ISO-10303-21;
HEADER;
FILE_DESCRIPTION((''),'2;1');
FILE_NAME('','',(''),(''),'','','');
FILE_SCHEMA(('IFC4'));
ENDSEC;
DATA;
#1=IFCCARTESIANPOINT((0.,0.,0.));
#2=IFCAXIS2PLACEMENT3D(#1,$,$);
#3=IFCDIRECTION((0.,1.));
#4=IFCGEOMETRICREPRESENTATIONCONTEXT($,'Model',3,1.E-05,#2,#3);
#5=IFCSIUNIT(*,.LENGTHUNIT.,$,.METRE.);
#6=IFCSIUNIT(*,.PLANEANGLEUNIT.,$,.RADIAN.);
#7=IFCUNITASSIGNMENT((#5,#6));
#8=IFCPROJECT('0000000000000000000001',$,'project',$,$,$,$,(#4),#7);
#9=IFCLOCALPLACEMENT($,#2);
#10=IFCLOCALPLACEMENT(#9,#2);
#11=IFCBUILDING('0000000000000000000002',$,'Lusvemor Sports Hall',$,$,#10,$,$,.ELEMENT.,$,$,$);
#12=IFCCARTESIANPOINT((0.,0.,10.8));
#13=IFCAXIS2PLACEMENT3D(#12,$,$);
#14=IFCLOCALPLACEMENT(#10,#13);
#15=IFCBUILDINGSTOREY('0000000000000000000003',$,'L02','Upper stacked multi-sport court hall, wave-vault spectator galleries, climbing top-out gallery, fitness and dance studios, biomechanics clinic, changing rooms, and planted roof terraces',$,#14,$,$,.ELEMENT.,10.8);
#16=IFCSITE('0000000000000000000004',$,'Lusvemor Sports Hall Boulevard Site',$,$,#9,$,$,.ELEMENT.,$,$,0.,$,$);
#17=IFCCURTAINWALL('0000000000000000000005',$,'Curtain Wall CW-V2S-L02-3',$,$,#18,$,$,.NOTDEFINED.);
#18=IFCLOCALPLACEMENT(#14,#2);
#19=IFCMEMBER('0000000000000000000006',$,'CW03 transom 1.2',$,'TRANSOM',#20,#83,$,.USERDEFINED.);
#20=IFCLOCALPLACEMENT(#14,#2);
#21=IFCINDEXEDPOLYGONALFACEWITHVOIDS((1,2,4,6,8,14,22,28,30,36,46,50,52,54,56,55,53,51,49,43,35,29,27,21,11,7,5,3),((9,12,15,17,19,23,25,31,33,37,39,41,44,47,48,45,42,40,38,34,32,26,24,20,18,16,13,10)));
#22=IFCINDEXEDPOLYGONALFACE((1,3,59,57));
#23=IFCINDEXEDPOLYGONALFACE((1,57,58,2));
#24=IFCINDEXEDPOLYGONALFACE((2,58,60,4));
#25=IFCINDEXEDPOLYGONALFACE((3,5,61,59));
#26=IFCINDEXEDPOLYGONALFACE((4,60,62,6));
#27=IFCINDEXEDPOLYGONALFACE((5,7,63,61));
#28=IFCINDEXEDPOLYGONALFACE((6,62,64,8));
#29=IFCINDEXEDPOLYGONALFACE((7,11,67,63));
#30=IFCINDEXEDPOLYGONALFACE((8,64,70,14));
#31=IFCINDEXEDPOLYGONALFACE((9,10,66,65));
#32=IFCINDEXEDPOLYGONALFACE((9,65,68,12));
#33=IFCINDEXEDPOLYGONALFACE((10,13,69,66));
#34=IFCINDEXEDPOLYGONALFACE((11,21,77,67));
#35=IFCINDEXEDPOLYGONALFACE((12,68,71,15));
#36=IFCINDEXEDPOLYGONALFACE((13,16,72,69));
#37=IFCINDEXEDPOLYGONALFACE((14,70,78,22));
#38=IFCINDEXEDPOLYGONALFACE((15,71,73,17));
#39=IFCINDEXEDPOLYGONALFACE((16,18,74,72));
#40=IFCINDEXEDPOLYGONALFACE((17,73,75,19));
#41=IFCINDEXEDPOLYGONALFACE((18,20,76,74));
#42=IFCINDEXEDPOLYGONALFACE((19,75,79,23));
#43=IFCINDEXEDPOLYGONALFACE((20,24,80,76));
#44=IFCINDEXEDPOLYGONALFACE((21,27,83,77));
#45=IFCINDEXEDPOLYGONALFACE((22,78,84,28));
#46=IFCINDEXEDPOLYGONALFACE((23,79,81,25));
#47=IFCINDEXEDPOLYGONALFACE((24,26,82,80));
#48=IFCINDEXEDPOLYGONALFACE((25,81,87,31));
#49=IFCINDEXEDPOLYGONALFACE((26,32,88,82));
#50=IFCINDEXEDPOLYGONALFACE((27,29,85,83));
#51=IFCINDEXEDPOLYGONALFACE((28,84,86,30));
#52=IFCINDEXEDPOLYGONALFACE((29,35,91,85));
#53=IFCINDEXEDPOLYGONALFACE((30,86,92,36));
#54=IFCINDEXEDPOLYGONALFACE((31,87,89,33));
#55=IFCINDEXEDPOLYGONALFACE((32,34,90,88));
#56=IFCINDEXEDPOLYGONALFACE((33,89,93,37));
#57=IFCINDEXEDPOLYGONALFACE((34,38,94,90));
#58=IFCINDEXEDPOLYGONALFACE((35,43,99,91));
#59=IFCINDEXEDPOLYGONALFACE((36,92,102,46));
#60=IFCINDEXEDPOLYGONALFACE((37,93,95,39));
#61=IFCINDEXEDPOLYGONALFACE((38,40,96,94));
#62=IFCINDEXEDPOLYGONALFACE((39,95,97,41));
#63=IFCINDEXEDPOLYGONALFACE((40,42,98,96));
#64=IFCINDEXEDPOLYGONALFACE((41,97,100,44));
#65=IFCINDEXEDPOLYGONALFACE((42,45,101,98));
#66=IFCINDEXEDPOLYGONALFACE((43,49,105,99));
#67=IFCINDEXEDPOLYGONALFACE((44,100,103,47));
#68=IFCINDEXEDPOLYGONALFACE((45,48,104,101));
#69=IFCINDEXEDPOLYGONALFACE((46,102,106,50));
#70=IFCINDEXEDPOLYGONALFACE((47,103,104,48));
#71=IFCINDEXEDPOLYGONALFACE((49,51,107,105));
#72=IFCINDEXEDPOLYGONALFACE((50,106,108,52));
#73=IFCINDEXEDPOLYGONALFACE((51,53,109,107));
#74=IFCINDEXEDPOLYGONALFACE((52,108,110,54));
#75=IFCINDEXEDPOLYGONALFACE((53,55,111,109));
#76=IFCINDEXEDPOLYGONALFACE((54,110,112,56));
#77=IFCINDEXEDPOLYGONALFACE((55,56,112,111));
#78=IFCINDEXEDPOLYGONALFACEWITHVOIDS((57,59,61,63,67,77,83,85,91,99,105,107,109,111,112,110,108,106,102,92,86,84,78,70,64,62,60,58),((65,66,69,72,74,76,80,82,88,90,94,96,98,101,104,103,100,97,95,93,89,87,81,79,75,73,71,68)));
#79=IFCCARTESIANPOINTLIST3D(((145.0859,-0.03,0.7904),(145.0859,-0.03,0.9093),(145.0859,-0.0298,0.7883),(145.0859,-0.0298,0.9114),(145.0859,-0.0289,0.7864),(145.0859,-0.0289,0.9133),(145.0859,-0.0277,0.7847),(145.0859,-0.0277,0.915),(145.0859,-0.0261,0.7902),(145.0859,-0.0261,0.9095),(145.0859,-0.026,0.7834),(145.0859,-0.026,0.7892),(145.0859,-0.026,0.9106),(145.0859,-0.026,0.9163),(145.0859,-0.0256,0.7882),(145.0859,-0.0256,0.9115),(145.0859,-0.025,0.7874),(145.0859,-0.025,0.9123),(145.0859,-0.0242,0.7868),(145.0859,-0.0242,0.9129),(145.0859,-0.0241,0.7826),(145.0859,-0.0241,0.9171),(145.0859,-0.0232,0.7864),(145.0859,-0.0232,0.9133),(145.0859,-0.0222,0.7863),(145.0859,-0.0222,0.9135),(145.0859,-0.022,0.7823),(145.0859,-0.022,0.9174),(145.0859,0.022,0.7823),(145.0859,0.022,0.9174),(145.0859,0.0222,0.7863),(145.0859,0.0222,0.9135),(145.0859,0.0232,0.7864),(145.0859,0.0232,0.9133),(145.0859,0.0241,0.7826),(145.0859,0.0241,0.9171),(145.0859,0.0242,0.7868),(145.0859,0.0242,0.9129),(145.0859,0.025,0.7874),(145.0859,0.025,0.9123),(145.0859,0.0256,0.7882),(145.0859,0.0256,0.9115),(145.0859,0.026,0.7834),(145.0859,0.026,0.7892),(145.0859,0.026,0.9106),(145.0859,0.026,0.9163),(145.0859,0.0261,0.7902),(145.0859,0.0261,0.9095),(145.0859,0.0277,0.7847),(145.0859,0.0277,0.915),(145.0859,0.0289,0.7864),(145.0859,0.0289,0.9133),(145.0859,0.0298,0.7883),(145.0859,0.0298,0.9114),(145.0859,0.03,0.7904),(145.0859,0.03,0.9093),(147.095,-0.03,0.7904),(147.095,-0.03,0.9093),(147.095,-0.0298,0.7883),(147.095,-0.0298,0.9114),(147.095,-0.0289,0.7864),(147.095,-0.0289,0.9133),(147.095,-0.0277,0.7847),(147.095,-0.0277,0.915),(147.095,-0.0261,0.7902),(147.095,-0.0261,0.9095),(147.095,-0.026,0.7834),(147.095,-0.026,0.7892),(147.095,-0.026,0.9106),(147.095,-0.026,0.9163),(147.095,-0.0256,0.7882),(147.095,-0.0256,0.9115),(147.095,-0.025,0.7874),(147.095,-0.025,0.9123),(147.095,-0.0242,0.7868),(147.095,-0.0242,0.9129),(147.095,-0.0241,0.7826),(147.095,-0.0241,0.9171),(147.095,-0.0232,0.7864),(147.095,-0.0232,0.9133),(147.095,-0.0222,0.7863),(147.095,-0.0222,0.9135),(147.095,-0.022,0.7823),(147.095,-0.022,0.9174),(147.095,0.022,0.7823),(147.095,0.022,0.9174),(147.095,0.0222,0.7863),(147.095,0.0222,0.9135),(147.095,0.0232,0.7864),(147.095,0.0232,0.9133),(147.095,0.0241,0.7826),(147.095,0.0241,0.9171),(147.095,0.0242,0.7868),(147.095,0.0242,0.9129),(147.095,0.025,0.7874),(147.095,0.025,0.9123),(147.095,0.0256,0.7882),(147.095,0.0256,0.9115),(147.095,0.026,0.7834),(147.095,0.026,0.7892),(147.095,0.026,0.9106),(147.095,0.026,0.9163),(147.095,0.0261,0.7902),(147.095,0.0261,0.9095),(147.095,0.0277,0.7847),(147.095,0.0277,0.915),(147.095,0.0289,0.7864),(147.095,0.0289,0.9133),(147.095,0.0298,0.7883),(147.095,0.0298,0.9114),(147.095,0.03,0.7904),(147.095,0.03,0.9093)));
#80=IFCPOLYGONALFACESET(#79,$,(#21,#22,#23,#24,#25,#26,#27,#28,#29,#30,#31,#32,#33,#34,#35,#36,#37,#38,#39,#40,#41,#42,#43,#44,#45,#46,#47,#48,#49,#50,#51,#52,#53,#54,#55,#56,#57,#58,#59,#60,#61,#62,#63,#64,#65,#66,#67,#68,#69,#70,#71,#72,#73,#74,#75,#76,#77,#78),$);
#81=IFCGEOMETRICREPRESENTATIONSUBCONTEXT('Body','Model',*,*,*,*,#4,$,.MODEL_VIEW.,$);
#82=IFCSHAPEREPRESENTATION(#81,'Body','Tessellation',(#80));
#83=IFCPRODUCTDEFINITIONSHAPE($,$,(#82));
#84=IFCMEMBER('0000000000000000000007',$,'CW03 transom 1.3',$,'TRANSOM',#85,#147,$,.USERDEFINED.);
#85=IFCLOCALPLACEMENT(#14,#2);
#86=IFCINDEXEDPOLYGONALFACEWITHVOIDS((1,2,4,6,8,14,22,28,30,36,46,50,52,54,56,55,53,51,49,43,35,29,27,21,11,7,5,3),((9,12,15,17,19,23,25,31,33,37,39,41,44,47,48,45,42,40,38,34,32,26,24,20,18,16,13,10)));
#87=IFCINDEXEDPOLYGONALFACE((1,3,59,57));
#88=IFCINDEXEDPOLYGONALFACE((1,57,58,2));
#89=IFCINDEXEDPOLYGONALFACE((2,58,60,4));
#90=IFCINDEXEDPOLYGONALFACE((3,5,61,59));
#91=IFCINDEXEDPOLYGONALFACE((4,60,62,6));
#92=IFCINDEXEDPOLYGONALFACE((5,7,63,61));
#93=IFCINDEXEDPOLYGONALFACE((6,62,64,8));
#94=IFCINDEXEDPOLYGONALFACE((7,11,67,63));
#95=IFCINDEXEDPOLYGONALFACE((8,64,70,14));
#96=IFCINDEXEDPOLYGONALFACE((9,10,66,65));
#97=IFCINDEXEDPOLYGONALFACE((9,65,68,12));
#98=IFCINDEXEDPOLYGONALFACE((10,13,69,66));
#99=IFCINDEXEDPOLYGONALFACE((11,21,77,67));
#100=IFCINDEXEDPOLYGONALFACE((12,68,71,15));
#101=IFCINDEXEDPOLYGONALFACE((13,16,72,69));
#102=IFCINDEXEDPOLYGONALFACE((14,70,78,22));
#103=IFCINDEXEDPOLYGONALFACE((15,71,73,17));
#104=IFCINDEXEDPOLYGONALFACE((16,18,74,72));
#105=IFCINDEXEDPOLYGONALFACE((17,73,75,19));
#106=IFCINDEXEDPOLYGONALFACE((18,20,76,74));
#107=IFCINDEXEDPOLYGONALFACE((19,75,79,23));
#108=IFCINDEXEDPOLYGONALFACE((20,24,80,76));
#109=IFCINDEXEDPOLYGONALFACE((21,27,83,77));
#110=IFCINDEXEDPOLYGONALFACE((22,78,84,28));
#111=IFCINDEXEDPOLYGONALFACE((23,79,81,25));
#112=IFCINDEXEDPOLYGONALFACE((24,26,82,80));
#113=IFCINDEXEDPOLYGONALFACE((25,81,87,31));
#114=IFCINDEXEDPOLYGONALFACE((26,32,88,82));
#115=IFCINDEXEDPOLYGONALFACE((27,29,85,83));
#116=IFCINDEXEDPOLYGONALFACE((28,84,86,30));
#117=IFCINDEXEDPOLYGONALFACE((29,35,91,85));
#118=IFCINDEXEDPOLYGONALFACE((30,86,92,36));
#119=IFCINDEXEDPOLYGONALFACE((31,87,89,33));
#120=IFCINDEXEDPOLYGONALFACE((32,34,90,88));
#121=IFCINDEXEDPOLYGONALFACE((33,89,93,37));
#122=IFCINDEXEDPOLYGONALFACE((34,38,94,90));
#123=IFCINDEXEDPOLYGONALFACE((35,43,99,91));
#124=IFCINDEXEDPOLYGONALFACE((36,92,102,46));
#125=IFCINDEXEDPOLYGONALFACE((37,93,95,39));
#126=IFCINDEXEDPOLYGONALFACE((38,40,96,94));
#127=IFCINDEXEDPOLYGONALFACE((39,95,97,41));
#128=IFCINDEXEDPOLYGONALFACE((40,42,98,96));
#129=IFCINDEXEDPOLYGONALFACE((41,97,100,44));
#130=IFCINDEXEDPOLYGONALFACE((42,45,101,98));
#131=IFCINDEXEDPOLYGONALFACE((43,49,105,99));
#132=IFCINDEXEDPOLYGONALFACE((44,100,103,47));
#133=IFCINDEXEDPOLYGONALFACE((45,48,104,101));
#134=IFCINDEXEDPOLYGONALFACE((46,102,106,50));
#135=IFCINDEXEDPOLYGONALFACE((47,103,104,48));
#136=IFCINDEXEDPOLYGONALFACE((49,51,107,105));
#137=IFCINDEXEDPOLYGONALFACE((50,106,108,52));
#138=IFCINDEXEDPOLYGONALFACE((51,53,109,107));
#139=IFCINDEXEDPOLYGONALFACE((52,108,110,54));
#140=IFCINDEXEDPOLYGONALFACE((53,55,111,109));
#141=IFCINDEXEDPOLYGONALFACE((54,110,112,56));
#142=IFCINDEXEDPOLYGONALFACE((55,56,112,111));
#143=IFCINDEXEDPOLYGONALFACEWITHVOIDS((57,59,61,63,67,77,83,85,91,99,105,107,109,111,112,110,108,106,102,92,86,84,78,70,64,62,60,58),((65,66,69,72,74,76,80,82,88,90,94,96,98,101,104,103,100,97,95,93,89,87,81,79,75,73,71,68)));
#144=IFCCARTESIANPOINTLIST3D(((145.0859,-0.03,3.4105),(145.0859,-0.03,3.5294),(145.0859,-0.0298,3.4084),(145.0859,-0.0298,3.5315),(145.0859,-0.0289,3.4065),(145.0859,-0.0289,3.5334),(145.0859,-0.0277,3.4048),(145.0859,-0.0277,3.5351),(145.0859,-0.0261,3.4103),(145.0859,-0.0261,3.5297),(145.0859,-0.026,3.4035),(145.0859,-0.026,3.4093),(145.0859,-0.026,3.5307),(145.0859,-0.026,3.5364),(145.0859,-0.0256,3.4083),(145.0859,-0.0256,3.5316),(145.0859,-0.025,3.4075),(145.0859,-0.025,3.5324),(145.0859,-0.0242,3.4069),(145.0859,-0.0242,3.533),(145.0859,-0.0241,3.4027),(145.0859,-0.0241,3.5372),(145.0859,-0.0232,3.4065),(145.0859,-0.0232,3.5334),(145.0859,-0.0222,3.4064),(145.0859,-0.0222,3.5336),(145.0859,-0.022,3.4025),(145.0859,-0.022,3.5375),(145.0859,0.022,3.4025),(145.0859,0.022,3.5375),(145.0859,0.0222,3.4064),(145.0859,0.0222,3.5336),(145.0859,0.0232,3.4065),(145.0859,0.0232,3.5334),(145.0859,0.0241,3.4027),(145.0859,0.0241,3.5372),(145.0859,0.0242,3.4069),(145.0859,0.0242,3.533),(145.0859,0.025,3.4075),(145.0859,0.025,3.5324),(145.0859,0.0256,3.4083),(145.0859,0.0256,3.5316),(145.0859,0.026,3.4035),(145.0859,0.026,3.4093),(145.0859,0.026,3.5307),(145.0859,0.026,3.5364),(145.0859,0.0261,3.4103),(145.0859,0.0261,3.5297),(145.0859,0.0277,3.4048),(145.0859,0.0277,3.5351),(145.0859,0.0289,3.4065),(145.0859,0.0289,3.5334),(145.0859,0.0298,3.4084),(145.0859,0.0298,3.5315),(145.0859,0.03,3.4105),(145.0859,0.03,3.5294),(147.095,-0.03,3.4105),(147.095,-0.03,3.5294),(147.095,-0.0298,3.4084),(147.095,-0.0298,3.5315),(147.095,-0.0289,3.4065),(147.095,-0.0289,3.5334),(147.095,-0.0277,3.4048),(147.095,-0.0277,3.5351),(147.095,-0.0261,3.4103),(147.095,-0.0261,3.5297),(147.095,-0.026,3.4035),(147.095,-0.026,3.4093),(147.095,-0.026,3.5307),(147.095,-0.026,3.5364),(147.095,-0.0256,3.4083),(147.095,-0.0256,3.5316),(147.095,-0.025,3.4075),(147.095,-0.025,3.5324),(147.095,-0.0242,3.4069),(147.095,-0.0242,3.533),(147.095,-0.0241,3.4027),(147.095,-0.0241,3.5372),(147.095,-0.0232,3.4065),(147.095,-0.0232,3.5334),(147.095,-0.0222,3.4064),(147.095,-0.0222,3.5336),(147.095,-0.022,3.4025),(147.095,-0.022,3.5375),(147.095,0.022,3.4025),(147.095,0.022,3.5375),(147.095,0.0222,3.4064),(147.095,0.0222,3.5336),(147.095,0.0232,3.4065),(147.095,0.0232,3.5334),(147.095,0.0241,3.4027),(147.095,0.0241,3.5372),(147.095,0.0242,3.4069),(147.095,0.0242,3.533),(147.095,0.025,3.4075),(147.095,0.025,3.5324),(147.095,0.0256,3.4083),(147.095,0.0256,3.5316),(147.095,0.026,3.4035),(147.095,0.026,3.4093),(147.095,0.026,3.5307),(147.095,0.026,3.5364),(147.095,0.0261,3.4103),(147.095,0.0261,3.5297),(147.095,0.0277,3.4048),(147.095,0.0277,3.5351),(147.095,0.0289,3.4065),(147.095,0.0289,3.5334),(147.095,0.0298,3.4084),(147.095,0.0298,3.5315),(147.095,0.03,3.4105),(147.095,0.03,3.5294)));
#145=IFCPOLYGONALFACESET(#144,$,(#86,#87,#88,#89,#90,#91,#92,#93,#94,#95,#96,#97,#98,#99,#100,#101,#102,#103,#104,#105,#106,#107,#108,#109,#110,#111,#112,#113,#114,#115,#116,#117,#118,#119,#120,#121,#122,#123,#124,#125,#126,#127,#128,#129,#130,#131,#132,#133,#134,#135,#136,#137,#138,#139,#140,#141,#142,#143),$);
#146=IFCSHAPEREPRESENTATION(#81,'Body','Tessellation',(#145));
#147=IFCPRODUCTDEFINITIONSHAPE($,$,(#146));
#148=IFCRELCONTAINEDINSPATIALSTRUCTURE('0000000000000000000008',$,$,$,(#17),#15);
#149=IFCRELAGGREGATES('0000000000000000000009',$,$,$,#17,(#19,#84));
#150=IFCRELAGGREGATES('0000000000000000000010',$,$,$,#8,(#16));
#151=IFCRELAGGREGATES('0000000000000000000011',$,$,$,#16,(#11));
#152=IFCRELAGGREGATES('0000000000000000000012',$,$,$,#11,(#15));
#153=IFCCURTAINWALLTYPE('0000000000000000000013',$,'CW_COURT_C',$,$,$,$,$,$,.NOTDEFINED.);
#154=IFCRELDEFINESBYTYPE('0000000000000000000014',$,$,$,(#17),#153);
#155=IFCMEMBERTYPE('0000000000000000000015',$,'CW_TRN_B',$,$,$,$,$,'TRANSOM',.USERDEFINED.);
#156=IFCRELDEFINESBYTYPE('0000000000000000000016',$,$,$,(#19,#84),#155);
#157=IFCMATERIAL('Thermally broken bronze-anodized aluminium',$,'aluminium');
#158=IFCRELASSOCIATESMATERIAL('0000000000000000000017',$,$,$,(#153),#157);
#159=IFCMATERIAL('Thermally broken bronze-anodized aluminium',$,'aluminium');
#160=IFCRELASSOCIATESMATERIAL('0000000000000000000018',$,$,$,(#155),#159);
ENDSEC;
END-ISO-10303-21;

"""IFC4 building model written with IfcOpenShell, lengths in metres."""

from ifc_helpers import new_model, si_unit, direction, frame, origin, origin_2d, place, context, subcontext, project, spatial, hollow_rectangle, extrude, material, material_profile, profile_set, type_object, element, aggregate, save


model = new_model("IFC4")

# Units and contexts
model_context = context("Model", 3, precision=1e-05, world=origin(), true_north=direction((0.0, 1.0)))
body_context = subcontext(model_context, "Body", "Model", "MODEL_VIEW")
ifc_project = project(units=[si_unit("LENGTHUNIT", "METRE"), si_unit("PLANEANGLEUNIT", "RADIAN")], contexts=[model_context])

# Site, building, storey
site_placement = place(None, origin())
site = spatial("IfcSite", under=ifc_project, at=site_placement, Name="Lusvemor Sports Hall Boulevard Site", CompositionType="ELEMENT", RefElevation=0.0)
building_placement = place(site_placement, origin())
building = spatial("IfcBuilding", under=site, at=building_placement, Name="Lusvemor Sports Hall", CompositionType="ELEMENT")
storey_placement = place(building_placement, frame((0.0, 0.0, 10.8)))
storey = spatial("IfcBuildingStorey", under=building, at=storey_placement, Name="L02", Description="Upper stacked multi-sport court hall, wave-vault spectator galleries, climbing top-out gallery, fitness and dance studios, biomechanics clinic, changing rooms, and planted roof terraces", CompositionType="ELEMENT", Elevation=10.8)

# Curtain wall, members
ifc_material_1 = material(Name="Thermally broken bronze-anodized aluminium", Category="aluminium")
curtain_wall_type = type_object("IfcCurtainWallType", Name="CW_COURT_C", PredefinedType="NOTDEFINED", material=ifc_material_1)
curtain_wall_placement = place(storey_placement, origin())
curtain_wall = element("IfcCurtainWall", 1, at=curtain_wall_placement, inside=storey, type_object=curtain_wall_type, Name="Curtain Wall CW-V2S-L02-3", PredefinedType="NOTDEFINED")
ifc_material_2 = material(Name="Thermally broken bronze-anodized aluminium", Category="aluminium")
ifc_material_profile_1 = material_profile(ifc_material_2, hollow_rectangle(XDim=0.0601, YDim=0.135, WallThickness=0.0039, InnerFilletRadius=0.0039, OuterFilletRadius=0.0081, at=origin_2d()), Name="CWTRN135x60x4")
ifc_profile_set_1 = profile_set([ifc_material_profile_1], Name="Thermally broken bronze-anodized aluminium")
member_type_1 = type_object("IfcMemberType", Name="CW_TRN_B", ElementType="TRANSOM", PredefinedType="USERDEFINED", material=ifc_profile_set_1)
member_1_placement = place(storey_placement, frame((147.095, 0.0, 0.8499), z_axis=(-1.0, 0.0, 0.0), x_axis=(0.0, -1.0, 0.0)))
member_1 = element("IfcMember", 2, at=member_1_placement, type_object=member_type_1, Name="CW03 transom 1.2", ObjectType="TRANSOM", PredefinedType="USERDEFINED", context=body_context, shape_type="SweptSolid", body=[
    extrude(hollow_rectangle(XDim=0.0601, YDim=0.135, WallThickness=0.0039, InnerFilletRadius=0.0039, OuterFilletRadius=0.0081, at=origin_2d()), origin(), (0.0, 0.0, 1.0), 2.009),
])
member_2_placement = place(storey_placement, frame((147.095, 0.0, 3.47), z_axis=(-1.0, 0.0, 0.0), x_axis=(0.0, -1.0, 0.0)))
member_2 = element("IfcMember", 3, at=member_2_placement, type_object=member_type_1, Name="CW03 transom 1.3", ObjectType="TRANSOM", PredefinedType="USERDEFINED", context=body_context, shape_type="SweptSolid", body=[
    extrude(hollow_rectangle(XDim=0.0601, YDim=0.135, WallThickness=0.0039, InnerFilletRadius=0.0039, OuterFilletRadius=0.0081, at=origin_2d()), origin(), (0.0, 0.0, 1.0), 2.009),
])

aggregate(curtain_wall, [member_1, member_2])

save(model, "model.ifc")
